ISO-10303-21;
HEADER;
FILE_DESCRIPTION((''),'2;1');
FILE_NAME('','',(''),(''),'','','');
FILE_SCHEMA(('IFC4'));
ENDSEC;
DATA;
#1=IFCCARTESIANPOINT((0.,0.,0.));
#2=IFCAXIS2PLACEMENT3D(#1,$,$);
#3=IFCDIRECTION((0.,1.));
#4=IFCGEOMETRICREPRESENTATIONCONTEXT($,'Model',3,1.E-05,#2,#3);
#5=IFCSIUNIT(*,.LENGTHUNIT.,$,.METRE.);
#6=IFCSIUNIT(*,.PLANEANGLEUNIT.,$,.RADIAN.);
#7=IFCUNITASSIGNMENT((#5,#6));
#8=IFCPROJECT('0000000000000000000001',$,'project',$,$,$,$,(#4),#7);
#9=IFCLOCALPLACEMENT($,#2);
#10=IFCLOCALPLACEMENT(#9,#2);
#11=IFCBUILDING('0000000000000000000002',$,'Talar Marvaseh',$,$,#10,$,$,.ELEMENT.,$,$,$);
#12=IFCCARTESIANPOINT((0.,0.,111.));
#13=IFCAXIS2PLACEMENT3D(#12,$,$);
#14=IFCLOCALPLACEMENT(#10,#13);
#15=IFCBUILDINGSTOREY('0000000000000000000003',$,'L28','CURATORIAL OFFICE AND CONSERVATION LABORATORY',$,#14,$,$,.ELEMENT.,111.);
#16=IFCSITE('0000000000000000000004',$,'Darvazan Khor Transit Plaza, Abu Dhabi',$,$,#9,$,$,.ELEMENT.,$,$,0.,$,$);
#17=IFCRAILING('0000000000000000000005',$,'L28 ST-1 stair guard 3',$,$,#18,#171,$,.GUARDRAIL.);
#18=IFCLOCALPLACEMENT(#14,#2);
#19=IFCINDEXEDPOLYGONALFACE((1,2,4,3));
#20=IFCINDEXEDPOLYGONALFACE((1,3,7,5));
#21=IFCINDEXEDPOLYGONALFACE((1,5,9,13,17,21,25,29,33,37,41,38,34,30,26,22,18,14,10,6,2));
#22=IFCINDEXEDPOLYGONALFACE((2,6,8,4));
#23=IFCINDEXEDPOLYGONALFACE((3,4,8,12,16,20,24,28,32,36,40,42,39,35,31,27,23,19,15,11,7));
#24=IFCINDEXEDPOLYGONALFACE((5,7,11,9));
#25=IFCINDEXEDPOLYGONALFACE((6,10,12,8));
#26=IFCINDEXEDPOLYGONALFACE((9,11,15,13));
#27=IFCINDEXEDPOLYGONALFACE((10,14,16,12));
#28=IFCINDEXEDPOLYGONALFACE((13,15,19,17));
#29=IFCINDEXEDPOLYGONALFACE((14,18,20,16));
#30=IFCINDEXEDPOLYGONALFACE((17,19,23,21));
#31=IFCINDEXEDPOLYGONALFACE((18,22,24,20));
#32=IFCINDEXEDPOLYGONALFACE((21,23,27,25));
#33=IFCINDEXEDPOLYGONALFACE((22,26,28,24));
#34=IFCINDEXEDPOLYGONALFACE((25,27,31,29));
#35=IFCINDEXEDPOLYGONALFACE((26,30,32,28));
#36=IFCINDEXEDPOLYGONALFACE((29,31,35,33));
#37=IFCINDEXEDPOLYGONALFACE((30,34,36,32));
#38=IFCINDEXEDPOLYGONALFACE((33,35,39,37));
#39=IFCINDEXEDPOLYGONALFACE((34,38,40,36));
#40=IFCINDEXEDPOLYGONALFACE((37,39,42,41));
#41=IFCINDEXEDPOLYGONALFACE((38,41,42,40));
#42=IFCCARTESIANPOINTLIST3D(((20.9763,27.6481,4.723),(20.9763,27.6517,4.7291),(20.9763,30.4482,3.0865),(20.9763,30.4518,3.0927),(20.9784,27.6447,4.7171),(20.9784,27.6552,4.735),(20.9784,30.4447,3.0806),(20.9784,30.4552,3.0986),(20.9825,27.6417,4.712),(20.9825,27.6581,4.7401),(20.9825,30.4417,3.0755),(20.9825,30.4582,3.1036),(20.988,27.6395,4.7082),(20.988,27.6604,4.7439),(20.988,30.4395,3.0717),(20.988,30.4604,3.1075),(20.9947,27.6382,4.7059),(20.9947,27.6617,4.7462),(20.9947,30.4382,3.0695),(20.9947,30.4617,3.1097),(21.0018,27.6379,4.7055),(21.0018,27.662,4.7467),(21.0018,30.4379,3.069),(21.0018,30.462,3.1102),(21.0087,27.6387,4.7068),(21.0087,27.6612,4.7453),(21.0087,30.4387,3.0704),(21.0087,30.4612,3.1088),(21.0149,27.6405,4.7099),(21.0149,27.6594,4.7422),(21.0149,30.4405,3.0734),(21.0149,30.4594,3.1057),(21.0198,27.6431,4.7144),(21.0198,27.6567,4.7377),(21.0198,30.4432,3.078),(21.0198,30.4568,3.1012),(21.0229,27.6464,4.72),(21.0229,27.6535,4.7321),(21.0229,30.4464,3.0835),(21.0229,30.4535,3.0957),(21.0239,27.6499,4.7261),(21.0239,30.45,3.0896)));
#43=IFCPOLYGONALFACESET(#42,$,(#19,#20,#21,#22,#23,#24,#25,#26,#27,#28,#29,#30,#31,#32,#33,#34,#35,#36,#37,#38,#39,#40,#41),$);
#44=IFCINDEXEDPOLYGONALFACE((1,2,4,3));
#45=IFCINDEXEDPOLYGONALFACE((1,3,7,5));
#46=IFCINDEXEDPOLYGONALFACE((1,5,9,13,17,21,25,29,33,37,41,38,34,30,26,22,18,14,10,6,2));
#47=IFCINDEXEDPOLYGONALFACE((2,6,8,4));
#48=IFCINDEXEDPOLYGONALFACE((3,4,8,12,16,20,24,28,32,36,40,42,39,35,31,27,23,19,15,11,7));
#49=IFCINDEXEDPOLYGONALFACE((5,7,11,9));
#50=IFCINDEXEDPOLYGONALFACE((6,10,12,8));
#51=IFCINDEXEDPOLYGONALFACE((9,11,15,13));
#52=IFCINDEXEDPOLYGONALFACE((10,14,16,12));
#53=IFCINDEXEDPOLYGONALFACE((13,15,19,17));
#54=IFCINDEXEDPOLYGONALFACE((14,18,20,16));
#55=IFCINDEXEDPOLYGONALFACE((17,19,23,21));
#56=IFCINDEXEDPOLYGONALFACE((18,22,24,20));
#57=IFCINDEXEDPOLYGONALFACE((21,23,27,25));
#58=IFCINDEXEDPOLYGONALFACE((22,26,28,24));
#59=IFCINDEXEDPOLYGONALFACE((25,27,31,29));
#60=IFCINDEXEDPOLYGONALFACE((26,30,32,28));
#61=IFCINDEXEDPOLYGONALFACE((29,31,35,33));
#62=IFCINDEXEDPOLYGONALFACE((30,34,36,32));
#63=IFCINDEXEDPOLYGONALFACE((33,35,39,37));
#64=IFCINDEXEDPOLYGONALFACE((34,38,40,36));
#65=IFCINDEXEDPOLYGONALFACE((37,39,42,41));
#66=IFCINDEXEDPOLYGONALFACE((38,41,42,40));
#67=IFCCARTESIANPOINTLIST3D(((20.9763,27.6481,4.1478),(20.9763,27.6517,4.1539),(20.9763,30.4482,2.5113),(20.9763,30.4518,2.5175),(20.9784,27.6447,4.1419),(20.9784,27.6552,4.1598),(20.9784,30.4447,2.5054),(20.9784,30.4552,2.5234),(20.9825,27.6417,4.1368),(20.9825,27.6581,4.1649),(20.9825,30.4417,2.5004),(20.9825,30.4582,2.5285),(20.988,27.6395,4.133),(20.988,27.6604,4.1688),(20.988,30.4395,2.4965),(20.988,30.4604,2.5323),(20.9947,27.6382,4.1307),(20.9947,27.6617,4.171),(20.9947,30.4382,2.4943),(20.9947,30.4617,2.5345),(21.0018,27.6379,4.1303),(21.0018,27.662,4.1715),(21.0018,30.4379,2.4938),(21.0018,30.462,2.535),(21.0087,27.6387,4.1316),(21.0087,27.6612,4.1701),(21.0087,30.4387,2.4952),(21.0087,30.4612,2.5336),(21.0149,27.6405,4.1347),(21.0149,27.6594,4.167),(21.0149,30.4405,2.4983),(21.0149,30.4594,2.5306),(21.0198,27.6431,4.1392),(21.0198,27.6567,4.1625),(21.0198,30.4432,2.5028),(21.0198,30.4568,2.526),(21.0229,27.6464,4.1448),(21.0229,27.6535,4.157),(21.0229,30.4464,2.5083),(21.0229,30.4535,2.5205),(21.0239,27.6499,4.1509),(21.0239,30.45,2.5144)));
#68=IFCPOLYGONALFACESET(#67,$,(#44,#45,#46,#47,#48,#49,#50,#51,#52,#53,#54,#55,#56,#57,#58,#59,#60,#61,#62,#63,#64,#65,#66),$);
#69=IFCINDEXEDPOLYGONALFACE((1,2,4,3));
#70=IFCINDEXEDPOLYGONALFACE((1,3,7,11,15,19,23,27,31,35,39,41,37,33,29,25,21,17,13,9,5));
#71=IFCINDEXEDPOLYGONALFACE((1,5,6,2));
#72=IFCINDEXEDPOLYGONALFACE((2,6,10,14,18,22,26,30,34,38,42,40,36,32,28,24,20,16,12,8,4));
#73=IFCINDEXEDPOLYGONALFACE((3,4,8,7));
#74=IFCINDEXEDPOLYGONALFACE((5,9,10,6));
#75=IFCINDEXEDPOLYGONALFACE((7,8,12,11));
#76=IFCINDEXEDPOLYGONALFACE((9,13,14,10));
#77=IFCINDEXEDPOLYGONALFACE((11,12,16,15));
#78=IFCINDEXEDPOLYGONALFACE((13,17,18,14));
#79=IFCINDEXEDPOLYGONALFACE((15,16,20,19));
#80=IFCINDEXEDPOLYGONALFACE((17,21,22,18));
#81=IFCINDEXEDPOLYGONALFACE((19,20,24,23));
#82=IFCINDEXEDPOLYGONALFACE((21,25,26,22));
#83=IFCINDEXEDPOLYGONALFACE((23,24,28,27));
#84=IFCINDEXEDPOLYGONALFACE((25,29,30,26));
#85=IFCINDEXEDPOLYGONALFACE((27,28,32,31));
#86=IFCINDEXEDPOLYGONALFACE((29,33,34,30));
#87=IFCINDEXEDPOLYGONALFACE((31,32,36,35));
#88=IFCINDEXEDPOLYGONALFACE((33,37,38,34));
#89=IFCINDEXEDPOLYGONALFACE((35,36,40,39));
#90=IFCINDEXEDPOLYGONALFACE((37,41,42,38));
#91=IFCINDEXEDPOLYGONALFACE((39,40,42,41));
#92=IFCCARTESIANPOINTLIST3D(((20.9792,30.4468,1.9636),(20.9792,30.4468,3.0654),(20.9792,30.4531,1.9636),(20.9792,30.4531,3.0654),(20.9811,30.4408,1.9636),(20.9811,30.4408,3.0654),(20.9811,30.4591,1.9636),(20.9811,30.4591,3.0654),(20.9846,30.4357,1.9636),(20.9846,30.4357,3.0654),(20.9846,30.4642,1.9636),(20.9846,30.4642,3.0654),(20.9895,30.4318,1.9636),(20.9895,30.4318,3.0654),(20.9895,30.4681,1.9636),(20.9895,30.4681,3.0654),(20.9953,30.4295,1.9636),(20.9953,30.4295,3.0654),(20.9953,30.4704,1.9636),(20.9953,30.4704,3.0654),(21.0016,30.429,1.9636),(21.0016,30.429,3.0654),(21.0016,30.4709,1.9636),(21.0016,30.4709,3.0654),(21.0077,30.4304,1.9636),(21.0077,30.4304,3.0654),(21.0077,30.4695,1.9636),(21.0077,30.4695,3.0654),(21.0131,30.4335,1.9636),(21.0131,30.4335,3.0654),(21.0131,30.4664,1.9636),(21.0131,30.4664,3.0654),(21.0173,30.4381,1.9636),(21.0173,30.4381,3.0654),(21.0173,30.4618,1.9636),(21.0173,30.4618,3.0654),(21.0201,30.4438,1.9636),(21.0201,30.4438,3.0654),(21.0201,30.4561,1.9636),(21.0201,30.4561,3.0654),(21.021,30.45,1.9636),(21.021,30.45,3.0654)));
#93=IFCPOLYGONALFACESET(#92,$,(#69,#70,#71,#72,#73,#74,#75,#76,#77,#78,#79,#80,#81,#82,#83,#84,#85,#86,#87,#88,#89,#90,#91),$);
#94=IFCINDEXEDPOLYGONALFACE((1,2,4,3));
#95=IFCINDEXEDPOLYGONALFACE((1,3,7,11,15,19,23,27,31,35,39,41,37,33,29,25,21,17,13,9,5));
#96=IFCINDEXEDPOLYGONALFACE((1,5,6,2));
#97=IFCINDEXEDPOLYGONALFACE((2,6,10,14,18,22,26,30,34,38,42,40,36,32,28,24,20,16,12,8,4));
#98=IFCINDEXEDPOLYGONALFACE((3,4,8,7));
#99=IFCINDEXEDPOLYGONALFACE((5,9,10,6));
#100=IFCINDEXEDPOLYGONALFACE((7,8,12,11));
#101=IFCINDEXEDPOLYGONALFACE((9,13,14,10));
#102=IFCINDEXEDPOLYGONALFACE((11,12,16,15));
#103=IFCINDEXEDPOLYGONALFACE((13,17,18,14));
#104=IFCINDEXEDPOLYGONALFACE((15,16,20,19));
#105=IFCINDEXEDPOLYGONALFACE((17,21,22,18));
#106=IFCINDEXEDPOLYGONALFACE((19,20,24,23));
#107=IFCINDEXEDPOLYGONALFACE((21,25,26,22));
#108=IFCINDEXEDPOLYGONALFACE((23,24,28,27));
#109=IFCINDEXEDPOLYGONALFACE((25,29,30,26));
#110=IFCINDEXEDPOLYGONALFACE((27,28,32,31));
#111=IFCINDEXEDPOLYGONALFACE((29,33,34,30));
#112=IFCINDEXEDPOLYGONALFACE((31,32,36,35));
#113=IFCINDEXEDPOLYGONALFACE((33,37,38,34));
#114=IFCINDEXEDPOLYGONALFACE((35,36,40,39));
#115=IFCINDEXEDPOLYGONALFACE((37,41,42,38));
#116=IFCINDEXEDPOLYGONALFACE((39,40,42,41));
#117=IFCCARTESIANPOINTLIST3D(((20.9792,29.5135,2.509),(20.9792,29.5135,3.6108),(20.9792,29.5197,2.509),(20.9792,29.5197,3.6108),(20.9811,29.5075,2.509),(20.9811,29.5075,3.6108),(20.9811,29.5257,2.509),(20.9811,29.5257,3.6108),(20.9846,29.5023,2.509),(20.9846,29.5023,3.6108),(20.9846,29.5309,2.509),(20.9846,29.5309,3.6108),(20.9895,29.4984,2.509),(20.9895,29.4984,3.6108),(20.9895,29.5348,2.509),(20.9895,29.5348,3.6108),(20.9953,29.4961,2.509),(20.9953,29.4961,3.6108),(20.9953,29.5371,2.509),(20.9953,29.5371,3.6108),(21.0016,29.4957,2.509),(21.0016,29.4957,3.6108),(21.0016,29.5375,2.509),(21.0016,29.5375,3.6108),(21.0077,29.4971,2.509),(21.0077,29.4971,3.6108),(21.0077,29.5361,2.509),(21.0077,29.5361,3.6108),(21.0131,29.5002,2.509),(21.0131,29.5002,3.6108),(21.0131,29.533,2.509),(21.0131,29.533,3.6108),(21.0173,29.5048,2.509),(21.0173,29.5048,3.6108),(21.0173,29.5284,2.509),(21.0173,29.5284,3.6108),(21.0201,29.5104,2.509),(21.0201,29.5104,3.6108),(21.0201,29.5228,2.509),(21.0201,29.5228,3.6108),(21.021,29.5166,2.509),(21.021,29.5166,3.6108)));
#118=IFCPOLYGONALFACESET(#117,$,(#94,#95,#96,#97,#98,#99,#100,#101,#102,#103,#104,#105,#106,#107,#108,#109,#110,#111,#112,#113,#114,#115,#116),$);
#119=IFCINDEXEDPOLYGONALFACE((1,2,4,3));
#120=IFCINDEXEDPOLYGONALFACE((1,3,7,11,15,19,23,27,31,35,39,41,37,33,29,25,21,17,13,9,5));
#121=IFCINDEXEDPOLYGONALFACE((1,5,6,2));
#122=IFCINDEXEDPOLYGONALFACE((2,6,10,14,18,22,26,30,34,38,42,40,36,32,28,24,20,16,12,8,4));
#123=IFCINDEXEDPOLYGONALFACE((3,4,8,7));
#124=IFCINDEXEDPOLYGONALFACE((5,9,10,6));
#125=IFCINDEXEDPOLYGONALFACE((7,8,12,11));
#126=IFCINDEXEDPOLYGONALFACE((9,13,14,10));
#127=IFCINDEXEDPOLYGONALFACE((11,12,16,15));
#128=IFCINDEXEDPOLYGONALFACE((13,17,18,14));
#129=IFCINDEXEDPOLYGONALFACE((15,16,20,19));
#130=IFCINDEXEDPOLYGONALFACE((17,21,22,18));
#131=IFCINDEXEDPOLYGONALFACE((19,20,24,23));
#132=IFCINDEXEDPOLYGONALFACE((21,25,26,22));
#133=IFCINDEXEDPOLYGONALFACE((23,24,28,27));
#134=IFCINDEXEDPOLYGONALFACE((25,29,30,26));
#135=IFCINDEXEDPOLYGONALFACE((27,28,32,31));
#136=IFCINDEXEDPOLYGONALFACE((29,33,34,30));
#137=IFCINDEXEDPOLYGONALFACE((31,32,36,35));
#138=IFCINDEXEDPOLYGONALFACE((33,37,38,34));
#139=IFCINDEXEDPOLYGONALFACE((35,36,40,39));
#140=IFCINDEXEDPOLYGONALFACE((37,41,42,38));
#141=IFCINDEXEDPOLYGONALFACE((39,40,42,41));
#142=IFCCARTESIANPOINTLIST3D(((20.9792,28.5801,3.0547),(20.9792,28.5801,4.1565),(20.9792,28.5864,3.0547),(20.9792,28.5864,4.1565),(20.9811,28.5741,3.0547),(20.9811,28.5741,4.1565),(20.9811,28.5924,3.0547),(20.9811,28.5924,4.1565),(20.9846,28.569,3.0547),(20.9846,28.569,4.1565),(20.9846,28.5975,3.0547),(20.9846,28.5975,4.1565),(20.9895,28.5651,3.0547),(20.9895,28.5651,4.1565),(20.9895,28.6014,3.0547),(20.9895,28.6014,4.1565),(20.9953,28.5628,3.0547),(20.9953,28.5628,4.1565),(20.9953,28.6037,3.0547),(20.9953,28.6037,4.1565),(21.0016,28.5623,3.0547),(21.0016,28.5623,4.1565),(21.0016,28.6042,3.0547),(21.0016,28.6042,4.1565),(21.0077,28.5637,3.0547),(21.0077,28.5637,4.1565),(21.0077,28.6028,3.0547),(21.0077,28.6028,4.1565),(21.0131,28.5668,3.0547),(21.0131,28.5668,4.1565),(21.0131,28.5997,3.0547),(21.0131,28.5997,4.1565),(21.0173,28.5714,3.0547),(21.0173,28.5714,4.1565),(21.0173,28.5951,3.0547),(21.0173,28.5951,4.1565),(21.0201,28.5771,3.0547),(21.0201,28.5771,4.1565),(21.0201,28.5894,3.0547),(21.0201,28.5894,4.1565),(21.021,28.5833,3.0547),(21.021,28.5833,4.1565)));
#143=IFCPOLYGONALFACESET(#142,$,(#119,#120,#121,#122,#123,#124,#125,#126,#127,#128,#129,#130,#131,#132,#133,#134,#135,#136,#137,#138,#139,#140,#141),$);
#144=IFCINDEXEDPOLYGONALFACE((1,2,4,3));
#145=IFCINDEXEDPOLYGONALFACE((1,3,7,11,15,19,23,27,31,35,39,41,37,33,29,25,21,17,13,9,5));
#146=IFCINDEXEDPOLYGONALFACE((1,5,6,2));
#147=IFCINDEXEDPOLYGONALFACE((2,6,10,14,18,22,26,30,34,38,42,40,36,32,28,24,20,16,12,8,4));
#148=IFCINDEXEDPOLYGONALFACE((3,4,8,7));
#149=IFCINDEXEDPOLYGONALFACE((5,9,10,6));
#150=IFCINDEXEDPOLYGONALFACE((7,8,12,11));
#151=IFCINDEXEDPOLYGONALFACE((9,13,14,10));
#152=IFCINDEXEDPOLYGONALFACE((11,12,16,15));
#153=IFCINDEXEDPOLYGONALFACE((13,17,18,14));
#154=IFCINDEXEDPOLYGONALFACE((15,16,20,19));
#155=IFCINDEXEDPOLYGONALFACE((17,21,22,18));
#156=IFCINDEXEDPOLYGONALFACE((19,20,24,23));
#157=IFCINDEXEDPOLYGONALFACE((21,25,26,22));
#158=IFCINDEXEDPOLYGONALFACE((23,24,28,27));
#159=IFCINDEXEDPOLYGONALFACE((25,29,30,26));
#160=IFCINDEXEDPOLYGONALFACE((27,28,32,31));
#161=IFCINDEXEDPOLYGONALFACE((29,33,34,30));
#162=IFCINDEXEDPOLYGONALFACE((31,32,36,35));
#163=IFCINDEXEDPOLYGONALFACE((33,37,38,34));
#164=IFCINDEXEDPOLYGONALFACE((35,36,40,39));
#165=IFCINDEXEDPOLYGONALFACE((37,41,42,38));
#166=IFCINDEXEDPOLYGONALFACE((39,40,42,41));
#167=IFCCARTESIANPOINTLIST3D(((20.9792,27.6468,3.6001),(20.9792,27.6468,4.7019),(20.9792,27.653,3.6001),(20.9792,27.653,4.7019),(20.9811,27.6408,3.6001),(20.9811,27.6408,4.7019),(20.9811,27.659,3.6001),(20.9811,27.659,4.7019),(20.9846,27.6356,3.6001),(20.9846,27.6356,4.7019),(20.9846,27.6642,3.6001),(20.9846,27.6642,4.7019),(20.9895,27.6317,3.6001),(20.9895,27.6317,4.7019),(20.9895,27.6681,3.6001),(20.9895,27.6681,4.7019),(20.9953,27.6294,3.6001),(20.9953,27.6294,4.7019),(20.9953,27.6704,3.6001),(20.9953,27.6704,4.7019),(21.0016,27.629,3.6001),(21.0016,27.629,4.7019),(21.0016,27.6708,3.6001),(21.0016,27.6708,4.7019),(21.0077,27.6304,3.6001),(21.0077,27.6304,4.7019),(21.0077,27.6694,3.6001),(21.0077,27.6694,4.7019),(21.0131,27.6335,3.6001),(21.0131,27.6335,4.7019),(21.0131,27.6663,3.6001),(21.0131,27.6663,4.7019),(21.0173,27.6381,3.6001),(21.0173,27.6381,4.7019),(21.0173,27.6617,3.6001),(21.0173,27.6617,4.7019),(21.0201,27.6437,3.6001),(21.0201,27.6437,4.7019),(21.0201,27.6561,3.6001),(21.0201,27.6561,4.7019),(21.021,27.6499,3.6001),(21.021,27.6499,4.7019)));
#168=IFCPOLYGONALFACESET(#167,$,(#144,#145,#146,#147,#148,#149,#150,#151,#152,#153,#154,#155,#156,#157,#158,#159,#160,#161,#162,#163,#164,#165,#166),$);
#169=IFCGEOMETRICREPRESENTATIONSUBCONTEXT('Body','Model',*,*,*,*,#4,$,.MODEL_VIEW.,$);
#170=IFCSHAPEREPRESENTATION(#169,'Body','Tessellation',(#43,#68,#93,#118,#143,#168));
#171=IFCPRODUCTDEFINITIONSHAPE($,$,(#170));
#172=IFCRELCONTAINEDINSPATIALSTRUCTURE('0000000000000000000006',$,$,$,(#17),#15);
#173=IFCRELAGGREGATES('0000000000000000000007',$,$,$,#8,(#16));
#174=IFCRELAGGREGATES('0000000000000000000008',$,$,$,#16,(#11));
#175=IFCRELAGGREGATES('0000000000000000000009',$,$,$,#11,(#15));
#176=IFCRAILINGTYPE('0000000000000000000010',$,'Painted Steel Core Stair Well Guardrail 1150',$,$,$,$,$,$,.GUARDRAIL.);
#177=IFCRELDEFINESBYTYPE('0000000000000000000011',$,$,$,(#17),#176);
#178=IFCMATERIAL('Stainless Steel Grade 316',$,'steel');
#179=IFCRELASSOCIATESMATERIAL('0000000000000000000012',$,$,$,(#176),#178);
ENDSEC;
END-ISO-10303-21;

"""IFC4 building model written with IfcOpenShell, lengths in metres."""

from ifc_helpers import new_model, si_unit, direction, frame, origin, origin_2d, place, context, subcontext, project, spatial, circle, extrude, material, type_object, element, save


model = new_model("IFC4")

# Units and contexts
model_context = context("Model", 3, precision=1e-05, world=origin(), true_north=direction((0.0, 1.0)))
body_context = subcontext(model_context, "Body", "Model", "MODEL_VIEW")
ifc_project = project(units=[si_unit("LENGTHUNIT", "METRE"), si_unit("PLANEANGLEUNIT", "RADIAN")], contexts=[model_context])

# Site, building, storey
site_placement = place(None, origin())
site = spatial("IfcSite", under=ifc_project, at=site_placement, Name="Darvazan Khor Transit Plaza, Abu Dhabi", CompositionType="ELEMENT", RefElevation=0.0)
building_placement = place(site_placement, origin())
building = spatial("IfcBuilding", under=site, at=building_placement, Name="Talar Marvaseh", CompositionType="ELEMENT")
storey_placement = place(building_placement, frame((0.0, 0.0, 111.0)))
storey = spatial("IfcBuildingStorey", under=building, at=storey_placement, Name="L28", Description="CURATORIAL OFFICE AND CONSERVATION LABORATORY", CompositionType="ELEMENT", Elevation=111.0)

# Railing
ifc_material_1 = material(Name="Stainless Steel Grade 316", Category="steel")
railing_type_1 = type_object("IfcRailingType", Name="Painted Steel Core Stair Well Guardrail 1150", PredefinedType="GUARDRAIL", material=ifc_material_1)
railing_1_placement = place(storey_placement, frame((21.0, 30.45, 1.9636)))
element("IfcRailing", 1, at=railing_1_placement, inside=storey, type_object=railing_type_1, Name="L28 ST-1 stair guard 3", PredefinedType="GUARDRAIL", context=body_context, shape_type="SweptSolid", body=[
    extrude(circle(Radius=0.0239, at=origin_2d()), frame((0.0, 0.0, 1.126), z_axis=(0.0, -0.863361, 0.504587), x_axis=(1.0, 0.0, 0.0)), (0.0, 0.0, 1.0), 3.2432),
    extrude(circle(Radius=0.0239, at=origin_2d()), frame((0.0, 0.0, 0.5508), z_axis=(0.0, -0.863361, 0.504587), x_axis=(1.0, 0.0, 0.0)), (0.0, 0.0, 1.0), 3.2432),
    extrude(circle(Radius=0.021, at=origin_2d()), origin(), (0.0, 0.0, 1.0), 1.1018),
    extrude(circle(Radius=0.021, at=origin_2d()), frame((0.0, -0.9333, 0.5454)), (0.0, 0.0, 1.0), 1.1018),
    extrude(circle(Radius=0.021, at=origin_2d()), frame((0.0, -1.8667, 1.0911)), (0.0, 0.0, 1.0), 1.1018),
    extrude(circle(Radius=0.021, at=origin_2d()), frame((0.0, -2.8, 1.6365)), (0.0, 0.0, 1.0), 1.1018),
])

save(model, "model.ifc")
